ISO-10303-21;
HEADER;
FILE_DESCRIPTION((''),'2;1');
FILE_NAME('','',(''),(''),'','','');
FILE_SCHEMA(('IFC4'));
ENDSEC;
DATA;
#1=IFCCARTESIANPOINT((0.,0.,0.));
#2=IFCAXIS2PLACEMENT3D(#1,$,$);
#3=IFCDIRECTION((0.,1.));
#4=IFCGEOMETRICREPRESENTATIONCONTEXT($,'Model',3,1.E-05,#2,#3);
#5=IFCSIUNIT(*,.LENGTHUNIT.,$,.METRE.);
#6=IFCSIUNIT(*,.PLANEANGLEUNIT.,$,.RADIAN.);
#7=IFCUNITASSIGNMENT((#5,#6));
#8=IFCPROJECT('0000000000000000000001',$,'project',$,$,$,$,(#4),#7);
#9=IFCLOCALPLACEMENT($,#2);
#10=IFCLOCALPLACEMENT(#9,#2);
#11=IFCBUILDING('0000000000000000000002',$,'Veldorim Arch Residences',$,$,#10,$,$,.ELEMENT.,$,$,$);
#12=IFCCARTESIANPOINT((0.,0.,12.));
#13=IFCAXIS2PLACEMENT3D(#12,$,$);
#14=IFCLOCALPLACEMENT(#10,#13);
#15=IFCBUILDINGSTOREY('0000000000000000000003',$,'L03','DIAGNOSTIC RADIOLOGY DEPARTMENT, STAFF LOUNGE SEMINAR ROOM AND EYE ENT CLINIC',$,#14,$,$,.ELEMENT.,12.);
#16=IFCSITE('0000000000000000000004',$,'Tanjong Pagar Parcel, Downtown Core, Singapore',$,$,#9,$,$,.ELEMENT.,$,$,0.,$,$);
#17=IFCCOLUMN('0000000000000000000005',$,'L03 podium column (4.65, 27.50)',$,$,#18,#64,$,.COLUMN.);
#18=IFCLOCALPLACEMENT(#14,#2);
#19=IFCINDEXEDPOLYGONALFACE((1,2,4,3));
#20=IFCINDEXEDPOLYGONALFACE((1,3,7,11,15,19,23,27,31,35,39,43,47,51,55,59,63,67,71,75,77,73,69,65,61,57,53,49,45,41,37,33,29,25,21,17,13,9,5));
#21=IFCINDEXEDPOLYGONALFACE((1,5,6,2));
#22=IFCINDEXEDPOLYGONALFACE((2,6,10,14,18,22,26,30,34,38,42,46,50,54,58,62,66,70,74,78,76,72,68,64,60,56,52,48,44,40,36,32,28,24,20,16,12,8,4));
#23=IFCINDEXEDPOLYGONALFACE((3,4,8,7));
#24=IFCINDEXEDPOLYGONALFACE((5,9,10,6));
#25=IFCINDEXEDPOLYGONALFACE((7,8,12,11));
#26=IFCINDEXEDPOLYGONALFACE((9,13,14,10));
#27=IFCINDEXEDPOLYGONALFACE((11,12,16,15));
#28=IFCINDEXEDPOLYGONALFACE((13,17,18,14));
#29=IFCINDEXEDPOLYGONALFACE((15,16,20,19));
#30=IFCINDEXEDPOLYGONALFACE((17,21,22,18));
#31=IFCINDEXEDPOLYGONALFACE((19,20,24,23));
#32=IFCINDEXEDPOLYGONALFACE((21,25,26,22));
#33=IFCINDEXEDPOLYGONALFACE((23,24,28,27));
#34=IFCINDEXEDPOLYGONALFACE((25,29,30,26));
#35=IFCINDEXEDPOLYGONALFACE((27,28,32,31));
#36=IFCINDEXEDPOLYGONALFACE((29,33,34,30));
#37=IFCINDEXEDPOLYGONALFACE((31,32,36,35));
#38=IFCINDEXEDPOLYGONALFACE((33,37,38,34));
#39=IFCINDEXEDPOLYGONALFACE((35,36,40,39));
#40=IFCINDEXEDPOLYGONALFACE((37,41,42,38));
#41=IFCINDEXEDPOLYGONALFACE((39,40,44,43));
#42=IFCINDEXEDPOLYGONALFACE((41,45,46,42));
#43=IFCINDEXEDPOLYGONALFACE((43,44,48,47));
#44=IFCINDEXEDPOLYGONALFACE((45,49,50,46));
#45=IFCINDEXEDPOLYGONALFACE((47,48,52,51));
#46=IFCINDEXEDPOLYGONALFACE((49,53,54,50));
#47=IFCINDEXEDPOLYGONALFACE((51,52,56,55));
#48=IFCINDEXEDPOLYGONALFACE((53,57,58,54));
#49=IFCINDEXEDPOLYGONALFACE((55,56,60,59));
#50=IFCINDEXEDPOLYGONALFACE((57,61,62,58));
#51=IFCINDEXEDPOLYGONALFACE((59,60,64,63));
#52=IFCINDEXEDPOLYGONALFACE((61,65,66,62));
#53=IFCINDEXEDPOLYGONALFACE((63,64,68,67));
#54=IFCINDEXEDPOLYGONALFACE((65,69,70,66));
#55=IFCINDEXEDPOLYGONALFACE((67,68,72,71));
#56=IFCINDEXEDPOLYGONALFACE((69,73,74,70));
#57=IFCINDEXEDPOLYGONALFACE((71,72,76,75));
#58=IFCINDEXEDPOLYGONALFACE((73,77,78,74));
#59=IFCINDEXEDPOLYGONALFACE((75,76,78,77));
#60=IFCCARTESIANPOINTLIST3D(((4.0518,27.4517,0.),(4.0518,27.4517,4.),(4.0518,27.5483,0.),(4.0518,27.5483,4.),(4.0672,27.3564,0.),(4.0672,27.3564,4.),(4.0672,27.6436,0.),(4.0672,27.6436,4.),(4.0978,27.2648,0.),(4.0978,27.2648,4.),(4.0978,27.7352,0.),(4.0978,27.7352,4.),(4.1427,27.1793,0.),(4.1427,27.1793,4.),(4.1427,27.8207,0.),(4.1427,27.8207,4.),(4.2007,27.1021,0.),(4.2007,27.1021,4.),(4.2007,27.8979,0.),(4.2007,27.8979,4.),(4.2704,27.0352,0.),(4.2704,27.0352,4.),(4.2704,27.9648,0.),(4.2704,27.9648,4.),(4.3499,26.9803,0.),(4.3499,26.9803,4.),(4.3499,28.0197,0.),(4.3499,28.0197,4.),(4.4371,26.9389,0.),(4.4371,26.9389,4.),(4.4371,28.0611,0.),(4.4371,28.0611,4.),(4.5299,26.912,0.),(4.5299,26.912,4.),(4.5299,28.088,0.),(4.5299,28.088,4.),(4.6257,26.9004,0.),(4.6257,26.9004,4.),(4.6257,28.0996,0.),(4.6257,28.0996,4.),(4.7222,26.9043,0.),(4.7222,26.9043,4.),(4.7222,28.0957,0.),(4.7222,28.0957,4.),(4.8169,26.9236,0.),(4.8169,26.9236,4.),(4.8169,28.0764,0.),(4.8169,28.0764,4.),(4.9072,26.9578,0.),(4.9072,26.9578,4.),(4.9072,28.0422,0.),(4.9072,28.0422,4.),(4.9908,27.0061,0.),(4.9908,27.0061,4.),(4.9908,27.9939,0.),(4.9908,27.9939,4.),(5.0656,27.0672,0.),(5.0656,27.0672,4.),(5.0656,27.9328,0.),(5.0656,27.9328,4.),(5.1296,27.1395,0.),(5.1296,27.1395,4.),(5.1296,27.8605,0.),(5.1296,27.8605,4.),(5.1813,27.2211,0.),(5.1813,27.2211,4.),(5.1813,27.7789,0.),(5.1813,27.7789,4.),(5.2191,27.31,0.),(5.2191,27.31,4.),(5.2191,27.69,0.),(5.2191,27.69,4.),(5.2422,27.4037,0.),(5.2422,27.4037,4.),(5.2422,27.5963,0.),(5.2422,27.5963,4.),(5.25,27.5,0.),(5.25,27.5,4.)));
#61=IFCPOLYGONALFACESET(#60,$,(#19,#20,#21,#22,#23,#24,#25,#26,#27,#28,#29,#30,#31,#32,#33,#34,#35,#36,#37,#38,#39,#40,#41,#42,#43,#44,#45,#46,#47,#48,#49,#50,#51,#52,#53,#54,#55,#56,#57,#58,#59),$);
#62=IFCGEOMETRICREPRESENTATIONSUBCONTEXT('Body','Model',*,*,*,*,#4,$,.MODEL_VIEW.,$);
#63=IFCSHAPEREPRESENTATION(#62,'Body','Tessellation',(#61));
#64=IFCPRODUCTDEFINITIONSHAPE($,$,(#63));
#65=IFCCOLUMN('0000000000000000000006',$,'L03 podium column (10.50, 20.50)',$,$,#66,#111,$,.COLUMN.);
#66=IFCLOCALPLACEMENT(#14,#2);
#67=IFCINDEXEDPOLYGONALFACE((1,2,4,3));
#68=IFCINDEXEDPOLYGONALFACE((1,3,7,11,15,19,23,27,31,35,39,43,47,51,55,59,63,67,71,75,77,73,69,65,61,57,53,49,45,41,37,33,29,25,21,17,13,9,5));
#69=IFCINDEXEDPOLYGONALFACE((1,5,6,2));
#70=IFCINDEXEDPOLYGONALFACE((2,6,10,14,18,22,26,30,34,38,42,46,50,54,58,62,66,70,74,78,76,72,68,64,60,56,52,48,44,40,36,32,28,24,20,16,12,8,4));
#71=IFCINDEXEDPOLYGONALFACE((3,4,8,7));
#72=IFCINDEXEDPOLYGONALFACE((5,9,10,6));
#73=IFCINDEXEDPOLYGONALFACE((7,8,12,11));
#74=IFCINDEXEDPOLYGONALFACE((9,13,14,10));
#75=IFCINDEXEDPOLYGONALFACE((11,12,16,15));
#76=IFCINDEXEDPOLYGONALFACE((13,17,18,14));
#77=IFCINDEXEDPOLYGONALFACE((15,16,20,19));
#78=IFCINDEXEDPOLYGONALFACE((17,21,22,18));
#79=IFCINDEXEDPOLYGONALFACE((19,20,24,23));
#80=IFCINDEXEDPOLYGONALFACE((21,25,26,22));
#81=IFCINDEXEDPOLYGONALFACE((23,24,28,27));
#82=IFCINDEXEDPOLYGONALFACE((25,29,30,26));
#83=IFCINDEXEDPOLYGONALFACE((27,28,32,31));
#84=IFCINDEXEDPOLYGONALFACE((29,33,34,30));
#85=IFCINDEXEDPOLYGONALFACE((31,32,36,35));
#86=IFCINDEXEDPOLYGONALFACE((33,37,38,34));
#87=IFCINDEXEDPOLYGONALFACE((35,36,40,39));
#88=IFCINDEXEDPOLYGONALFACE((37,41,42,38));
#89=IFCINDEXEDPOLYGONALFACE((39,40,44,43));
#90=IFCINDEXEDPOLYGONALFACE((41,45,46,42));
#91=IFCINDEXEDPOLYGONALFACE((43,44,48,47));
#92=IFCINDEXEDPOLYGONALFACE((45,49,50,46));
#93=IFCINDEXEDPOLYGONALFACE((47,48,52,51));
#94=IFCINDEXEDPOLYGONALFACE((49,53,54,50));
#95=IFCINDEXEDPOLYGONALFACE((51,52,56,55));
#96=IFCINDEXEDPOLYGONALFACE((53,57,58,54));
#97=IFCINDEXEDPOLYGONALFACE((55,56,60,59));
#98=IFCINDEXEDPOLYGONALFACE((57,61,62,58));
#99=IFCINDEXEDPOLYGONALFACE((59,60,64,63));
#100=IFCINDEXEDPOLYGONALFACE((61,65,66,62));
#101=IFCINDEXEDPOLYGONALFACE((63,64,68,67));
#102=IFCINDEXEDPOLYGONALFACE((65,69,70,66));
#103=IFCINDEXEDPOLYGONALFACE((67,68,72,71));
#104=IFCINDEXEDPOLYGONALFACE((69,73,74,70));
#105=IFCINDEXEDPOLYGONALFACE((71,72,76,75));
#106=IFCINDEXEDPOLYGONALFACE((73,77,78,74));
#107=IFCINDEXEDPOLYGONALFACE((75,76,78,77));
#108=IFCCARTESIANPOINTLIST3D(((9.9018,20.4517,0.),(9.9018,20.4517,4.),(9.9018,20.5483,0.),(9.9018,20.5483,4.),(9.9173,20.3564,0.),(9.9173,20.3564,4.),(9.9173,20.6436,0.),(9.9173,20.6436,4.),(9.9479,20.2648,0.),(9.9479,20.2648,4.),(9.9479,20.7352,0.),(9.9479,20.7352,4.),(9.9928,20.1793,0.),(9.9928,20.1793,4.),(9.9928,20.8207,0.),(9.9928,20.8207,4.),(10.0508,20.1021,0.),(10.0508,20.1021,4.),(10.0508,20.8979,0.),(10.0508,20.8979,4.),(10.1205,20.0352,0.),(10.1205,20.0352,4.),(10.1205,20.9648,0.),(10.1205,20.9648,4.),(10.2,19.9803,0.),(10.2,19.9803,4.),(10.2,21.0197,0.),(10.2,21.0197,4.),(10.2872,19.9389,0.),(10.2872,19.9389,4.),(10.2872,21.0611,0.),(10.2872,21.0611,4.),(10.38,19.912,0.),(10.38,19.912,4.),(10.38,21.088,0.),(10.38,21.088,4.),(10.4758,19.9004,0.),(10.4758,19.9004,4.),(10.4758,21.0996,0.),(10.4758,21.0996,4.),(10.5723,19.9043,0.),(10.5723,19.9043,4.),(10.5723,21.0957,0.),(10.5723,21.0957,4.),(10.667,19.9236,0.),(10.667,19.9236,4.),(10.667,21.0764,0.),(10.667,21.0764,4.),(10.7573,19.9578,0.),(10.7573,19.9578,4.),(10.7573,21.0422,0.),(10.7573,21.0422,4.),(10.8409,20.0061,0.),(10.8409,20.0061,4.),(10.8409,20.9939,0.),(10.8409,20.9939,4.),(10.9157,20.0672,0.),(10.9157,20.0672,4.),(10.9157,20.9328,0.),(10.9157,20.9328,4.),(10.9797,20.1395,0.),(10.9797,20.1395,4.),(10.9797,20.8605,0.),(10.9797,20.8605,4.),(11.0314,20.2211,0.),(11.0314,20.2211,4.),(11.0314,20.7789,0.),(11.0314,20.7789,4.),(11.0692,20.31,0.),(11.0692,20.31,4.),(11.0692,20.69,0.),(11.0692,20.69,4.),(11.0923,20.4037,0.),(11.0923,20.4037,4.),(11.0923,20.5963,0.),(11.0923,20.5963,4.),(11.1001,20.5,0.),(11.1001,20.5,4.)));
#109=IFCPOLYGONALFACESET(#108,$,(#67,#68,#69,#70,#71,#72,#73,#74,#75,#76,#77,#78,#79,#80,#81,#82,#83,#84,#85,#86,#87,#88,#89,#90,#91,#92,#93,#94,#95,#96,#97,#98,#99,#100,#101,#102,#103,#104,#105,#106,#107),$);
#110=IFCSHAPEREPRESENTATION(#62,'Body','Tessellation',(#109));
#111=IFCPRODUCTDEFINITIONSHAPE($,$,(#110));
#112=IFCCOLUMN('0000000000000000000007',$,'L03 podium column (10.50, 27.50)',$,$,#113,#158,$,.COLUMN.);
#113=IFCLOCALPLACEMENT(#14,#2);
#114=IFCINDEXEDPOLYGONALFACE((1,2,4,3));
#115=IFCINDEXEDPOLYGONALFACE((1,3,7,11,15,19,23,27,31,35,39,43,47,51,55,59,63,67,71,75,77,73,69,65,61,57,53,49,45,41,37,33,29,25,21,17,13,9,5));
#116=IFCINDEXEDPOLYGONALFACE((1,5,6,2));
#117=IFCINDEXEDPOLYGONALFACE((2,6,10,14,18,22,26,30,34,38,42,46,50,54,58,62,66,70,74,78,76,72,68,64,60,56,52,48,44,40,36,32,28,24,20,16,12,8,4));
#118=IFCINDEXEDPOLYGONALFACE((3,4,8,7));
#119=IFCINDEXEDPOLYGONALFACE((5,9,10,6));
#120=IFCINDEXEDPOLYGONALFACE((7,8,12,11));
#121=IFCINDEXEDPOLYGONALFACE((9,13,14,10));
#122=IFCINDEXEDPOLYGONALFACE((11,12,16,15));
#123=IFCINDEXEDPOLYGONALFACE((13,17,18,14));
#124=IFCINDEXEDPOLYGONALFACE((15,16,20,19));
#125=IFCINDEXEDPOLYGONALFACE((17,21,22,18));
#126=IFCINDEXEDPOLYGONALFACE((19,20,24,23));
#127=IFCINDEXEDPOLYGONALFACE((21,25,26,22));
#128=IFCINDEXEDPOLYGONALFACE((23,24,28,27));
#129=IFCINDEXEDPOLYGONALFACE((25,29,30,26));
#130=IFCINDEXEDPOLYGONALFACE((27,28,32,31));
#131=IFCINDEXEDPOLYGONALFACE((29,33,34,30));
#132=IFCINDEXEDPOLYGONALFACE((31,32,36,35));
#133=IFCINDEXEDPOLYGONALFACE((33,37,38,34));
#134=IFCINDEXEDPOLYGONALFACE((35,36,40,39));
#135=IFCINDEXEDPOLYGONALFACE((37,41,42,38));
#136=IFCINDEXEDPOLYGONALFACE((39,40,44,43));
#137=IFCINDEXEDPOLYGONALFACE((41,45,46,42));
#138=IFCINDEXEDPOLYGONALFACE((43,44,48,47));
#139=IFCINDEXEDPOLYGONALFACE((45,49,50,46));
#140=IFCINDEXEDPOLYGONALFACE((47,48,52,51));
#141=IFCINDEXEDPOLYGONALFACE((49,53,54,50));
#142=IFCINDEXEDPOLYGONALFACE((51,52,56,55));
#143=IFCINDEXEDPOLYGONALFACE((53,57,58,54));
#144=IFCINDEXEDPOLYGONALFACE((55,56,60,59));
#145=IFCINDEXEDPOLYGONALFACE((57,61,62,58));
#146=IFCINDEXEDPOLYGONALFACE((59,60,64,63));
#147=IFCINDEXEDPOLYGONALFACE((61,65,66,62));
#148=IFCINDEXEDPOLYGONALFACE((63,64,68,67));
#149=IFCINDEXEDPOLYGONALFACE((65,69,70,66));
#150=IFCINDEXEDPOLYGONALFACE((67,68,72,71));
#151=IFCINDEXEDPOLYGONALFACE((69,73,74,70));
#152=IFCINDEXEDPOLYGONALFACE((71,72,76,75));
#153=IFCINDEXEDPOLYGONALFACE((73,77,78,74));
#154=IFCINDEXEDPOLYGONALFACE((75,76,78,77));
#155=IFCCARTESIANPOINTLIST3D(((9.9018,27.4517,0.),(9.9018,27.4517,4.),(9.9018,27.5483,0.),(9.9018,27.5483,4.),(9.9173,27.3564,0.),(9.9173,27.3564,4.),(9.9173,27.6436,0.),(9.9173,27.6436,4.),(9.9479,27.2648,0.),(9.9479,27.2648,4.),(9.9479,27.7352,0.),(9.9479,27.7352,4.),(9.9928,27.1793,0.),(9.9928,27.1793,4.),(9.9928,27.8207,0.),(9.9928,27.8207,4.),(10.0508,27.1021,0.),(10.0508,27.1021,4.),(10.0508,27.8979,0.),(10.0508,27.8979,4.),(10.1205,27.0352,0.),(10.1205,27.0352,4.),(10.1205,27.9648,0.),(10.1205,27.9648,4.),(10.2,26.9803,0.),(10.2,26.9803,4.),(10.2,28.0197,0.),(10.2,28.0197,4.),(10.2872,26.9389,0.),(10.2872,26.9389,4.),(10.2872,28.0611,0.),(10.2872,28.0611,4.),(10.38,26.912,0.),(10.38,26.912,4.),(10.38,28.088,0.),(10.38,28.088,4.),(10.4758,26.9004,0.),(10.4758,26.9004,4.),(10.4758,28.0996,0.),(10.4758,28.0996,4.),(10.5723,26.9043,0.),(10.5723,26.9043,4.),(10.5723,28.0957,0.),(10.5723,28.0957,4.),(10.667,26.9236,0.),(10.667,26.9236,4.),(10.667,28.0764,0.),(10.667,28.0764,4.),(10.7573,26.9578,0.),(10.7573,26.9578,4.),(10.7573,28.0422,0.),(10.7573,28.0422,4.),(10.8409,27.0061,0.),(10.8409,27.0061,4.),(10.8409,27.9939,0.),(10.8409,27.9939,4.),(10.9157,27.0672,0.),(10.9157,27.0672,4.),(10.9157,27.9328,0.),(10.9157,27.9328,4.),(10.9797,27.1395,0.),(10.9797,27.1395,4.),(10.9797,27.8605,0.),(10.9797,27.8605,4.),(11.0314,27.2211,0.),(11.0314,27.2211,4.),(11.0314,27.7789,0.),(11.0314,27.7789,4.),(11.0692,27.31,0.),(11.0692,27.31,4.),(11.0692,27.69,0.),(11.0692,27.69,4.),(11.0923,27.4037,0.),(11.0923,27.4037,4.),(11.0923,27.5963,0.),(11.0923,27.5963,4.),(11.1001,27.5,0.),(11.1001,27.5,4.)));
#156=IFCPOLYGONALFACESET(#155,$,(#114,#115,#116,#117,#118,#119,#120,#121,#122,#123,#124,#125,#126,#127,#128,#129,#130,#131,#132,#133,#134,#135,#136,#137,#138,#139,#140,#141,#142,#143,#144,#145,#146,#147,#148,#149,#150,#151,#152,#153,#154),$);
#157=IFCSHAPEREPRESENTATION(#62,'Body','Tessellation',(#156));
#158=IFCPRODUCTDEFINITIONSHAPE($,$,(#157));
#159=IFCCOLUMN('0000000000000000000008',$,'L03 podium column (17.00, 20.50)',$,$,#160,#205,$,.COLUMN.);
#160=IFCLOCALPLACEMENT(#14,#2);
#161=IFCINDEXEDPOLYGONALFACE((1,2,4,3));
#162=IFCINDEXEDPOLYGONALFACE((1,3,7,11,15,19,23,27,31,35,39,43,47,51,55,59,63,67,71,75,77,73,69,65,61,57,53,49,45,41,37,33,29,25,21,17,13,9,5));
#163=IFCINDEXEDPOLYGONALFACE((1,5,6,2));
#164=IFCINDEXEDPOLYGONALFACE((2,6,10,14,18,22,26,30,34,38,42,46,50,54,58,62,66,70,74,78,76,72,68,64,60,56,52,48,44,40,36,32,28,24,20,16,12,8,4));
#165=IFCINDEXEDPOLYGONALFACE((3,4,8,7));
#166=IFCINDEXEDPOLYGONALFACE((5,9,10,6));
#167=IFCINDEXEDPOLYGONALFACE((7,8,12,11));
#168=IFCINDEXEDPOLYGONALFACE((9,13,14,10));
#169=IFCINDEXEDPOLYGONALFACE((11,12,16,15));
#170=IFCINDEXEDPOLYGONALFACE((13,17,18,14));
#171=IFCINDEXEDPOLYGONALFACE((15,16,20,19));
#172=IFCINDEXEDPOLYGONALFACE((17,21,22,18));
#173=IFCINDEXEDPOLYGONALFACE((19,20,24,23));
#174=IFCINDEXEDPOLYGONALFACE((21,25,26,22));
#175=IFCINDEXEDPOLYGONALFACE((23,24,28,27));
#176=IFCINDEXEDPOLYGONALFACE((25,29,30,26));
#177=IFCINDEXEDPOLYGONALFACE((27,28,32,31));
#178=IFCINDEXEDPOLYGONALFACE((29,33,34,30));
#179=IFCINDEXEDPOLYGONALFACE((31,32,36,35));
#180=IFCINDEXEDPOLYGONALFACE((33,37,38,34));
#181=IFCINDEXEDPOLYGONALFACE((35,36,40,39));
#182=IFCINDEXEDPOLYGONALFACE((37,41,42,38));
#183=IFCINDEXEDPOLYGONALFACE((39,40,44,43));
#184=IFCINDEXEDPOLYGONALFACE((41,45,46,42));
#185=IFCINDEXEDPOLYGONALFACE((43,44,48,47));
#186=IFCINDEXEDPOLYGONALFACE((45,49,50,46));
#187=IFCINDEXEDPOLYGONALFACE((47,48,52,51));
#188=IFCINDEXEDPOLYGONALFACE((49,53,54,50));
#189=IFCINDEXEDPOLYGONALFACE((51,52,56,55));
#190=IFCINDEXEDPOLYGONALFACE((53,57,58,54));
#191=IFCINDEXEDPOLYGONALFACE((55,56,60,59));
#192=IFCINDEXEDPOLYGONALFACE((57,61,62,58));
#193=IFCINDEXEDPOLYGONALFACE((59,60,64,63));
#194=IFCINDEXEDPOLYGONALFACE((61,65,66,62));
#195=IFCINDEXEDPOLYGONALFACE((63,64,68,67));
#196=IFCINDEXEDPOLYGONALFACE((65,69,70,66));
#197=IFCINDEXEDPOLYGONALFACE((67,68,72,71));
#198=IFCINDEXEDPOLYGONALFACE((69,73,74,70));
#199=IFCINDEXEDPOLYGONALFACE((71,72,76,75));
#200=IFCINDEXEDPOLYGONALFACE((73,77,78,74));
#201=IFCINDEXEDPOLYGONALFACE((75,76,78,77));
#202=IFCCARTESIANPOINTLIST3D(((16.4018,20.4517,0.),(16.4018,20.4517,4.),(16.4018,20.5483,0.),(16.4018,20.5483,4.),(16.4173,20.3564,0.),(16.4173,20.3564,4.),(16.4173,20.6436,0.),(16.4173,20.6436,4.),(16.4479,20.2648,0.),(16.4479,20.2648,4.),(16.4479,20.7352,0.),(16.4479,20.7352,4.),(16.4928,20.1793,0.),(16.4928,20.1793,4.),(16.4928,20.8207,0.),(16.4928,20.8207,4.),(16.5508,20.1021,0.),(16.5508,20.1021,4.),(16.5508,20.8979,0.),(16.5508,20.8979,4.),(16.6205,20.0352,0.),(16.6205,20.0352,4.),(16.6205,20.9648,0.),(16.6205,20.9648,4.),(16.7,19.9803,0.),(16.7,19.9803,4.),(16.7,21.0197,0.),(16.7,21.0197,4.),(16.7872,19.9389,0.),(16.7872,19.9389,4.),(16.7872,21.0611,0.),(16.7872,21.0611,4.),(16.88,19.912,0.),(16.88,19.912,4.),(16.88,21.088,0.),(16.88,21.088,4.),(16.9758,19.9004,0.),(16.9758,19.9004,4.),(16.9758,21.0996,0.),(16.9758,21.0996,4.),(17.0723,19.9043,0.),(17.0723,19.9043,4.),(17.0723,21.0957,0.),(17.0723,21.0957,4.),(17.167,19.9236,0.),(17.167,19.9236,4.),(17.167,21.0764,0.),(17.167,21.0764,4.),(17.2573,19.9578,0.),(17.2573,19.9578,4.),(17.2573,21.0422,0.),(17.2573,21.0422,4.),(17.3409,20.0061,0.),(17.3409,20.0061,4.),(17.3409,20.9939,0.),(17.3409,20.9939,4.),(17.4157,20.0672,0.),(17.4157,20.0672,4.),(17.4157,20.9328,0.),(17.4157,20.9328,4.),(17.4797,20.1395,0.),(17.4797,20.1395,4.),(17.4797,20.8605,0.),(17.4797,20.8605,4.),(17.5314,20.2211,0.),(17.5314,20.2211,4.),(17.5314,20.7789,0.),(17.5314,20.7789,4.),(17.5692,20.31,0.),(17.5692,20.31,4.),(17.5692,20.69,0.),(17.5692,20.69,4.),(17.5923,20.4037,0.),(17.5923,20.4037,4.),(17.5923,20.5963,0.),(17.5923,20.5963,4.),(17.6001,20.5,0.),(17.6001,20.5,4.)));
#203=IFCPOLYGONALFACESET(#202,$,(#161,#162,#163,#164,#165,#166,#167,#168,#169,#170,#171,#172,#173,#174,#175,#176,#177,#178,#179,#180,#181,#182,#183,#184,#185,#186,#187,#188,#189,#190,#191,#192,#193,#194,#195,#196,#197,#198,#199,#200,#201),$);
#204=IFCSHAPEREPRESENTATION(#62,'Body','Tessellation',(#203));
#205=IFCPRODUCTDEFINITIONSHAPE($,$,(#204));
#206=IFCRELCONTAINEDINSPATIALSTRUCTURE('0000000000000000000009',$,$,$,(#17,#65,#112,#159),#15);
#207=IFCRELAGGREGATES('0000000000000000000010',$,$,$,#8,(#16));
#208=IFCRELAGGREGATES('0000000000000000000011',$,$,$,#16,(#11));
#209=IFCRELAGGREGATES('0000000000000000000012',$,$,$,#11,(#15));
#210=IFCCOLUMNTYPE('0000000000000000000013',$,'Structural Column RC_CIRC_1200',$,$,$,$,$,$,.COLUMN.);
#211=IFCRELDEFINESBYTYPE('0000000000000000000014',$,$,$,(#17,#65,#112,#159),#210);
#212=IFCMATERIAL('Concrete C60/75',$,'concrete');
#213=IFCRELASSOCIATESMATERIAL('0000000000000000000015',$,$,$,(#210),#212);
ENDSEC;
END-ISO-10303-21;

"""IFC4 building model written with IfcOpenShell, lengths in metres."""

from ifc_helpers import new_model, si_unit, direction, frame, origin, origin_2d, place, context, subcontext, project, spatial, circle, extrude, material, material_profile, profile_set, type_object, element, save


model = new_model("IFC4")

# Units and contexts
model_context = context("Model", 3, precision=1e-05, world=origin(), true_north=direction((0.0, 1.0)))
body_context = subcontext(model_context, "Body", "Model", "MODEL_VIEW")
ifc_project = project(units=[si_unit("LENGTHUNIT", "METRE"), si_unit("PLANEANGLEUNIT", "RADIAN")], contexts=[model_context])

# Site, building, storey
site_placement = place(None, origin())
site = spatial("IfcSite", under=ifc_project, at=site_placement, Name="Tanjong Pagar Parcel, Downtown Core, Singapore", CompositionType="ELEMENT", RefElevation=0.0)
building_placement = place(site_placement, origin())
building = spatial("IfcBuilding", under=site, at=building_placement, Name="Veldorim Arch Residences", CompositionType="ELEMENT")
storey_placement = place(building_placement, frame((0.0, 0.0, 12.0)))
storey = spatial("IfcBuildingStorey", under=building, at=storey_placement, Name="L03", Description="DIAGNOSTIC RADIOLOGY DEPARTMENT, STAFF LOUNGE SEMINAR ROOM AND EYE ENT CLINIC", CompositionType="ELEMENT", Elevation=12.0)

# Columns
ifc_material_1 = material(Name="Concrete C60/75", Category="concrete")
ifc_material_profile_1 = material_profile(ifc_material_1, circle(Radius=0.6001, at=origin_2d()), Name="RC_CIRC_1200")
ifc_profile_set_1 = profile_set([ifc_material_profile_1], Name="Concrete C60/75")
column_type_1 = type_object("IfcColumnType", Name="Structural Column RC_CIRC_1200", PredefinedType="COLUMN", material=ifc_profile_set_1)
for number, where, z_axis, x_axis, name in (
    (1, (4.6499, 27.5, 0.0), (0.0, 0.0, 1.0), (1.0, 0.0, 0.0), "L03 podium column (4.65, 27.50)"),
    (2, (10.5, 20.5, 0.0), (0.0, 0.0, 1.0), (1.0, 0.0, 0.0), "L03 podium column (10.50, 20.50)"),
    (3, (10.5, 27.5, 0.0), (0.0, 0.0, 1.0), (1.0, 0.0, 0.0), "L03 podium column (10.50, 27.50)"),
    (4, (17.0, 20.5, 0.0), (0.0, 0.0, 1.0), (1.0, 0.0, 0.0), "L03 podium column (17.00, 20.50)"),
):
    element("IfcColumn", number, at=place(storey_placement, frame(where, z_axis=z_axis, x_axis=x_axis)), inside=storey, type_object=column_type_1, Name=name, PredefinedType="COLUMN", context=body_context, shape_type="SweptSolid", body=[
        extrude(circle(Radius=0.6001, at=origin_2d()), origin(), (0.0, 0.0, 1.0), 4.0),
    ])

save(model, "model.ifc")
